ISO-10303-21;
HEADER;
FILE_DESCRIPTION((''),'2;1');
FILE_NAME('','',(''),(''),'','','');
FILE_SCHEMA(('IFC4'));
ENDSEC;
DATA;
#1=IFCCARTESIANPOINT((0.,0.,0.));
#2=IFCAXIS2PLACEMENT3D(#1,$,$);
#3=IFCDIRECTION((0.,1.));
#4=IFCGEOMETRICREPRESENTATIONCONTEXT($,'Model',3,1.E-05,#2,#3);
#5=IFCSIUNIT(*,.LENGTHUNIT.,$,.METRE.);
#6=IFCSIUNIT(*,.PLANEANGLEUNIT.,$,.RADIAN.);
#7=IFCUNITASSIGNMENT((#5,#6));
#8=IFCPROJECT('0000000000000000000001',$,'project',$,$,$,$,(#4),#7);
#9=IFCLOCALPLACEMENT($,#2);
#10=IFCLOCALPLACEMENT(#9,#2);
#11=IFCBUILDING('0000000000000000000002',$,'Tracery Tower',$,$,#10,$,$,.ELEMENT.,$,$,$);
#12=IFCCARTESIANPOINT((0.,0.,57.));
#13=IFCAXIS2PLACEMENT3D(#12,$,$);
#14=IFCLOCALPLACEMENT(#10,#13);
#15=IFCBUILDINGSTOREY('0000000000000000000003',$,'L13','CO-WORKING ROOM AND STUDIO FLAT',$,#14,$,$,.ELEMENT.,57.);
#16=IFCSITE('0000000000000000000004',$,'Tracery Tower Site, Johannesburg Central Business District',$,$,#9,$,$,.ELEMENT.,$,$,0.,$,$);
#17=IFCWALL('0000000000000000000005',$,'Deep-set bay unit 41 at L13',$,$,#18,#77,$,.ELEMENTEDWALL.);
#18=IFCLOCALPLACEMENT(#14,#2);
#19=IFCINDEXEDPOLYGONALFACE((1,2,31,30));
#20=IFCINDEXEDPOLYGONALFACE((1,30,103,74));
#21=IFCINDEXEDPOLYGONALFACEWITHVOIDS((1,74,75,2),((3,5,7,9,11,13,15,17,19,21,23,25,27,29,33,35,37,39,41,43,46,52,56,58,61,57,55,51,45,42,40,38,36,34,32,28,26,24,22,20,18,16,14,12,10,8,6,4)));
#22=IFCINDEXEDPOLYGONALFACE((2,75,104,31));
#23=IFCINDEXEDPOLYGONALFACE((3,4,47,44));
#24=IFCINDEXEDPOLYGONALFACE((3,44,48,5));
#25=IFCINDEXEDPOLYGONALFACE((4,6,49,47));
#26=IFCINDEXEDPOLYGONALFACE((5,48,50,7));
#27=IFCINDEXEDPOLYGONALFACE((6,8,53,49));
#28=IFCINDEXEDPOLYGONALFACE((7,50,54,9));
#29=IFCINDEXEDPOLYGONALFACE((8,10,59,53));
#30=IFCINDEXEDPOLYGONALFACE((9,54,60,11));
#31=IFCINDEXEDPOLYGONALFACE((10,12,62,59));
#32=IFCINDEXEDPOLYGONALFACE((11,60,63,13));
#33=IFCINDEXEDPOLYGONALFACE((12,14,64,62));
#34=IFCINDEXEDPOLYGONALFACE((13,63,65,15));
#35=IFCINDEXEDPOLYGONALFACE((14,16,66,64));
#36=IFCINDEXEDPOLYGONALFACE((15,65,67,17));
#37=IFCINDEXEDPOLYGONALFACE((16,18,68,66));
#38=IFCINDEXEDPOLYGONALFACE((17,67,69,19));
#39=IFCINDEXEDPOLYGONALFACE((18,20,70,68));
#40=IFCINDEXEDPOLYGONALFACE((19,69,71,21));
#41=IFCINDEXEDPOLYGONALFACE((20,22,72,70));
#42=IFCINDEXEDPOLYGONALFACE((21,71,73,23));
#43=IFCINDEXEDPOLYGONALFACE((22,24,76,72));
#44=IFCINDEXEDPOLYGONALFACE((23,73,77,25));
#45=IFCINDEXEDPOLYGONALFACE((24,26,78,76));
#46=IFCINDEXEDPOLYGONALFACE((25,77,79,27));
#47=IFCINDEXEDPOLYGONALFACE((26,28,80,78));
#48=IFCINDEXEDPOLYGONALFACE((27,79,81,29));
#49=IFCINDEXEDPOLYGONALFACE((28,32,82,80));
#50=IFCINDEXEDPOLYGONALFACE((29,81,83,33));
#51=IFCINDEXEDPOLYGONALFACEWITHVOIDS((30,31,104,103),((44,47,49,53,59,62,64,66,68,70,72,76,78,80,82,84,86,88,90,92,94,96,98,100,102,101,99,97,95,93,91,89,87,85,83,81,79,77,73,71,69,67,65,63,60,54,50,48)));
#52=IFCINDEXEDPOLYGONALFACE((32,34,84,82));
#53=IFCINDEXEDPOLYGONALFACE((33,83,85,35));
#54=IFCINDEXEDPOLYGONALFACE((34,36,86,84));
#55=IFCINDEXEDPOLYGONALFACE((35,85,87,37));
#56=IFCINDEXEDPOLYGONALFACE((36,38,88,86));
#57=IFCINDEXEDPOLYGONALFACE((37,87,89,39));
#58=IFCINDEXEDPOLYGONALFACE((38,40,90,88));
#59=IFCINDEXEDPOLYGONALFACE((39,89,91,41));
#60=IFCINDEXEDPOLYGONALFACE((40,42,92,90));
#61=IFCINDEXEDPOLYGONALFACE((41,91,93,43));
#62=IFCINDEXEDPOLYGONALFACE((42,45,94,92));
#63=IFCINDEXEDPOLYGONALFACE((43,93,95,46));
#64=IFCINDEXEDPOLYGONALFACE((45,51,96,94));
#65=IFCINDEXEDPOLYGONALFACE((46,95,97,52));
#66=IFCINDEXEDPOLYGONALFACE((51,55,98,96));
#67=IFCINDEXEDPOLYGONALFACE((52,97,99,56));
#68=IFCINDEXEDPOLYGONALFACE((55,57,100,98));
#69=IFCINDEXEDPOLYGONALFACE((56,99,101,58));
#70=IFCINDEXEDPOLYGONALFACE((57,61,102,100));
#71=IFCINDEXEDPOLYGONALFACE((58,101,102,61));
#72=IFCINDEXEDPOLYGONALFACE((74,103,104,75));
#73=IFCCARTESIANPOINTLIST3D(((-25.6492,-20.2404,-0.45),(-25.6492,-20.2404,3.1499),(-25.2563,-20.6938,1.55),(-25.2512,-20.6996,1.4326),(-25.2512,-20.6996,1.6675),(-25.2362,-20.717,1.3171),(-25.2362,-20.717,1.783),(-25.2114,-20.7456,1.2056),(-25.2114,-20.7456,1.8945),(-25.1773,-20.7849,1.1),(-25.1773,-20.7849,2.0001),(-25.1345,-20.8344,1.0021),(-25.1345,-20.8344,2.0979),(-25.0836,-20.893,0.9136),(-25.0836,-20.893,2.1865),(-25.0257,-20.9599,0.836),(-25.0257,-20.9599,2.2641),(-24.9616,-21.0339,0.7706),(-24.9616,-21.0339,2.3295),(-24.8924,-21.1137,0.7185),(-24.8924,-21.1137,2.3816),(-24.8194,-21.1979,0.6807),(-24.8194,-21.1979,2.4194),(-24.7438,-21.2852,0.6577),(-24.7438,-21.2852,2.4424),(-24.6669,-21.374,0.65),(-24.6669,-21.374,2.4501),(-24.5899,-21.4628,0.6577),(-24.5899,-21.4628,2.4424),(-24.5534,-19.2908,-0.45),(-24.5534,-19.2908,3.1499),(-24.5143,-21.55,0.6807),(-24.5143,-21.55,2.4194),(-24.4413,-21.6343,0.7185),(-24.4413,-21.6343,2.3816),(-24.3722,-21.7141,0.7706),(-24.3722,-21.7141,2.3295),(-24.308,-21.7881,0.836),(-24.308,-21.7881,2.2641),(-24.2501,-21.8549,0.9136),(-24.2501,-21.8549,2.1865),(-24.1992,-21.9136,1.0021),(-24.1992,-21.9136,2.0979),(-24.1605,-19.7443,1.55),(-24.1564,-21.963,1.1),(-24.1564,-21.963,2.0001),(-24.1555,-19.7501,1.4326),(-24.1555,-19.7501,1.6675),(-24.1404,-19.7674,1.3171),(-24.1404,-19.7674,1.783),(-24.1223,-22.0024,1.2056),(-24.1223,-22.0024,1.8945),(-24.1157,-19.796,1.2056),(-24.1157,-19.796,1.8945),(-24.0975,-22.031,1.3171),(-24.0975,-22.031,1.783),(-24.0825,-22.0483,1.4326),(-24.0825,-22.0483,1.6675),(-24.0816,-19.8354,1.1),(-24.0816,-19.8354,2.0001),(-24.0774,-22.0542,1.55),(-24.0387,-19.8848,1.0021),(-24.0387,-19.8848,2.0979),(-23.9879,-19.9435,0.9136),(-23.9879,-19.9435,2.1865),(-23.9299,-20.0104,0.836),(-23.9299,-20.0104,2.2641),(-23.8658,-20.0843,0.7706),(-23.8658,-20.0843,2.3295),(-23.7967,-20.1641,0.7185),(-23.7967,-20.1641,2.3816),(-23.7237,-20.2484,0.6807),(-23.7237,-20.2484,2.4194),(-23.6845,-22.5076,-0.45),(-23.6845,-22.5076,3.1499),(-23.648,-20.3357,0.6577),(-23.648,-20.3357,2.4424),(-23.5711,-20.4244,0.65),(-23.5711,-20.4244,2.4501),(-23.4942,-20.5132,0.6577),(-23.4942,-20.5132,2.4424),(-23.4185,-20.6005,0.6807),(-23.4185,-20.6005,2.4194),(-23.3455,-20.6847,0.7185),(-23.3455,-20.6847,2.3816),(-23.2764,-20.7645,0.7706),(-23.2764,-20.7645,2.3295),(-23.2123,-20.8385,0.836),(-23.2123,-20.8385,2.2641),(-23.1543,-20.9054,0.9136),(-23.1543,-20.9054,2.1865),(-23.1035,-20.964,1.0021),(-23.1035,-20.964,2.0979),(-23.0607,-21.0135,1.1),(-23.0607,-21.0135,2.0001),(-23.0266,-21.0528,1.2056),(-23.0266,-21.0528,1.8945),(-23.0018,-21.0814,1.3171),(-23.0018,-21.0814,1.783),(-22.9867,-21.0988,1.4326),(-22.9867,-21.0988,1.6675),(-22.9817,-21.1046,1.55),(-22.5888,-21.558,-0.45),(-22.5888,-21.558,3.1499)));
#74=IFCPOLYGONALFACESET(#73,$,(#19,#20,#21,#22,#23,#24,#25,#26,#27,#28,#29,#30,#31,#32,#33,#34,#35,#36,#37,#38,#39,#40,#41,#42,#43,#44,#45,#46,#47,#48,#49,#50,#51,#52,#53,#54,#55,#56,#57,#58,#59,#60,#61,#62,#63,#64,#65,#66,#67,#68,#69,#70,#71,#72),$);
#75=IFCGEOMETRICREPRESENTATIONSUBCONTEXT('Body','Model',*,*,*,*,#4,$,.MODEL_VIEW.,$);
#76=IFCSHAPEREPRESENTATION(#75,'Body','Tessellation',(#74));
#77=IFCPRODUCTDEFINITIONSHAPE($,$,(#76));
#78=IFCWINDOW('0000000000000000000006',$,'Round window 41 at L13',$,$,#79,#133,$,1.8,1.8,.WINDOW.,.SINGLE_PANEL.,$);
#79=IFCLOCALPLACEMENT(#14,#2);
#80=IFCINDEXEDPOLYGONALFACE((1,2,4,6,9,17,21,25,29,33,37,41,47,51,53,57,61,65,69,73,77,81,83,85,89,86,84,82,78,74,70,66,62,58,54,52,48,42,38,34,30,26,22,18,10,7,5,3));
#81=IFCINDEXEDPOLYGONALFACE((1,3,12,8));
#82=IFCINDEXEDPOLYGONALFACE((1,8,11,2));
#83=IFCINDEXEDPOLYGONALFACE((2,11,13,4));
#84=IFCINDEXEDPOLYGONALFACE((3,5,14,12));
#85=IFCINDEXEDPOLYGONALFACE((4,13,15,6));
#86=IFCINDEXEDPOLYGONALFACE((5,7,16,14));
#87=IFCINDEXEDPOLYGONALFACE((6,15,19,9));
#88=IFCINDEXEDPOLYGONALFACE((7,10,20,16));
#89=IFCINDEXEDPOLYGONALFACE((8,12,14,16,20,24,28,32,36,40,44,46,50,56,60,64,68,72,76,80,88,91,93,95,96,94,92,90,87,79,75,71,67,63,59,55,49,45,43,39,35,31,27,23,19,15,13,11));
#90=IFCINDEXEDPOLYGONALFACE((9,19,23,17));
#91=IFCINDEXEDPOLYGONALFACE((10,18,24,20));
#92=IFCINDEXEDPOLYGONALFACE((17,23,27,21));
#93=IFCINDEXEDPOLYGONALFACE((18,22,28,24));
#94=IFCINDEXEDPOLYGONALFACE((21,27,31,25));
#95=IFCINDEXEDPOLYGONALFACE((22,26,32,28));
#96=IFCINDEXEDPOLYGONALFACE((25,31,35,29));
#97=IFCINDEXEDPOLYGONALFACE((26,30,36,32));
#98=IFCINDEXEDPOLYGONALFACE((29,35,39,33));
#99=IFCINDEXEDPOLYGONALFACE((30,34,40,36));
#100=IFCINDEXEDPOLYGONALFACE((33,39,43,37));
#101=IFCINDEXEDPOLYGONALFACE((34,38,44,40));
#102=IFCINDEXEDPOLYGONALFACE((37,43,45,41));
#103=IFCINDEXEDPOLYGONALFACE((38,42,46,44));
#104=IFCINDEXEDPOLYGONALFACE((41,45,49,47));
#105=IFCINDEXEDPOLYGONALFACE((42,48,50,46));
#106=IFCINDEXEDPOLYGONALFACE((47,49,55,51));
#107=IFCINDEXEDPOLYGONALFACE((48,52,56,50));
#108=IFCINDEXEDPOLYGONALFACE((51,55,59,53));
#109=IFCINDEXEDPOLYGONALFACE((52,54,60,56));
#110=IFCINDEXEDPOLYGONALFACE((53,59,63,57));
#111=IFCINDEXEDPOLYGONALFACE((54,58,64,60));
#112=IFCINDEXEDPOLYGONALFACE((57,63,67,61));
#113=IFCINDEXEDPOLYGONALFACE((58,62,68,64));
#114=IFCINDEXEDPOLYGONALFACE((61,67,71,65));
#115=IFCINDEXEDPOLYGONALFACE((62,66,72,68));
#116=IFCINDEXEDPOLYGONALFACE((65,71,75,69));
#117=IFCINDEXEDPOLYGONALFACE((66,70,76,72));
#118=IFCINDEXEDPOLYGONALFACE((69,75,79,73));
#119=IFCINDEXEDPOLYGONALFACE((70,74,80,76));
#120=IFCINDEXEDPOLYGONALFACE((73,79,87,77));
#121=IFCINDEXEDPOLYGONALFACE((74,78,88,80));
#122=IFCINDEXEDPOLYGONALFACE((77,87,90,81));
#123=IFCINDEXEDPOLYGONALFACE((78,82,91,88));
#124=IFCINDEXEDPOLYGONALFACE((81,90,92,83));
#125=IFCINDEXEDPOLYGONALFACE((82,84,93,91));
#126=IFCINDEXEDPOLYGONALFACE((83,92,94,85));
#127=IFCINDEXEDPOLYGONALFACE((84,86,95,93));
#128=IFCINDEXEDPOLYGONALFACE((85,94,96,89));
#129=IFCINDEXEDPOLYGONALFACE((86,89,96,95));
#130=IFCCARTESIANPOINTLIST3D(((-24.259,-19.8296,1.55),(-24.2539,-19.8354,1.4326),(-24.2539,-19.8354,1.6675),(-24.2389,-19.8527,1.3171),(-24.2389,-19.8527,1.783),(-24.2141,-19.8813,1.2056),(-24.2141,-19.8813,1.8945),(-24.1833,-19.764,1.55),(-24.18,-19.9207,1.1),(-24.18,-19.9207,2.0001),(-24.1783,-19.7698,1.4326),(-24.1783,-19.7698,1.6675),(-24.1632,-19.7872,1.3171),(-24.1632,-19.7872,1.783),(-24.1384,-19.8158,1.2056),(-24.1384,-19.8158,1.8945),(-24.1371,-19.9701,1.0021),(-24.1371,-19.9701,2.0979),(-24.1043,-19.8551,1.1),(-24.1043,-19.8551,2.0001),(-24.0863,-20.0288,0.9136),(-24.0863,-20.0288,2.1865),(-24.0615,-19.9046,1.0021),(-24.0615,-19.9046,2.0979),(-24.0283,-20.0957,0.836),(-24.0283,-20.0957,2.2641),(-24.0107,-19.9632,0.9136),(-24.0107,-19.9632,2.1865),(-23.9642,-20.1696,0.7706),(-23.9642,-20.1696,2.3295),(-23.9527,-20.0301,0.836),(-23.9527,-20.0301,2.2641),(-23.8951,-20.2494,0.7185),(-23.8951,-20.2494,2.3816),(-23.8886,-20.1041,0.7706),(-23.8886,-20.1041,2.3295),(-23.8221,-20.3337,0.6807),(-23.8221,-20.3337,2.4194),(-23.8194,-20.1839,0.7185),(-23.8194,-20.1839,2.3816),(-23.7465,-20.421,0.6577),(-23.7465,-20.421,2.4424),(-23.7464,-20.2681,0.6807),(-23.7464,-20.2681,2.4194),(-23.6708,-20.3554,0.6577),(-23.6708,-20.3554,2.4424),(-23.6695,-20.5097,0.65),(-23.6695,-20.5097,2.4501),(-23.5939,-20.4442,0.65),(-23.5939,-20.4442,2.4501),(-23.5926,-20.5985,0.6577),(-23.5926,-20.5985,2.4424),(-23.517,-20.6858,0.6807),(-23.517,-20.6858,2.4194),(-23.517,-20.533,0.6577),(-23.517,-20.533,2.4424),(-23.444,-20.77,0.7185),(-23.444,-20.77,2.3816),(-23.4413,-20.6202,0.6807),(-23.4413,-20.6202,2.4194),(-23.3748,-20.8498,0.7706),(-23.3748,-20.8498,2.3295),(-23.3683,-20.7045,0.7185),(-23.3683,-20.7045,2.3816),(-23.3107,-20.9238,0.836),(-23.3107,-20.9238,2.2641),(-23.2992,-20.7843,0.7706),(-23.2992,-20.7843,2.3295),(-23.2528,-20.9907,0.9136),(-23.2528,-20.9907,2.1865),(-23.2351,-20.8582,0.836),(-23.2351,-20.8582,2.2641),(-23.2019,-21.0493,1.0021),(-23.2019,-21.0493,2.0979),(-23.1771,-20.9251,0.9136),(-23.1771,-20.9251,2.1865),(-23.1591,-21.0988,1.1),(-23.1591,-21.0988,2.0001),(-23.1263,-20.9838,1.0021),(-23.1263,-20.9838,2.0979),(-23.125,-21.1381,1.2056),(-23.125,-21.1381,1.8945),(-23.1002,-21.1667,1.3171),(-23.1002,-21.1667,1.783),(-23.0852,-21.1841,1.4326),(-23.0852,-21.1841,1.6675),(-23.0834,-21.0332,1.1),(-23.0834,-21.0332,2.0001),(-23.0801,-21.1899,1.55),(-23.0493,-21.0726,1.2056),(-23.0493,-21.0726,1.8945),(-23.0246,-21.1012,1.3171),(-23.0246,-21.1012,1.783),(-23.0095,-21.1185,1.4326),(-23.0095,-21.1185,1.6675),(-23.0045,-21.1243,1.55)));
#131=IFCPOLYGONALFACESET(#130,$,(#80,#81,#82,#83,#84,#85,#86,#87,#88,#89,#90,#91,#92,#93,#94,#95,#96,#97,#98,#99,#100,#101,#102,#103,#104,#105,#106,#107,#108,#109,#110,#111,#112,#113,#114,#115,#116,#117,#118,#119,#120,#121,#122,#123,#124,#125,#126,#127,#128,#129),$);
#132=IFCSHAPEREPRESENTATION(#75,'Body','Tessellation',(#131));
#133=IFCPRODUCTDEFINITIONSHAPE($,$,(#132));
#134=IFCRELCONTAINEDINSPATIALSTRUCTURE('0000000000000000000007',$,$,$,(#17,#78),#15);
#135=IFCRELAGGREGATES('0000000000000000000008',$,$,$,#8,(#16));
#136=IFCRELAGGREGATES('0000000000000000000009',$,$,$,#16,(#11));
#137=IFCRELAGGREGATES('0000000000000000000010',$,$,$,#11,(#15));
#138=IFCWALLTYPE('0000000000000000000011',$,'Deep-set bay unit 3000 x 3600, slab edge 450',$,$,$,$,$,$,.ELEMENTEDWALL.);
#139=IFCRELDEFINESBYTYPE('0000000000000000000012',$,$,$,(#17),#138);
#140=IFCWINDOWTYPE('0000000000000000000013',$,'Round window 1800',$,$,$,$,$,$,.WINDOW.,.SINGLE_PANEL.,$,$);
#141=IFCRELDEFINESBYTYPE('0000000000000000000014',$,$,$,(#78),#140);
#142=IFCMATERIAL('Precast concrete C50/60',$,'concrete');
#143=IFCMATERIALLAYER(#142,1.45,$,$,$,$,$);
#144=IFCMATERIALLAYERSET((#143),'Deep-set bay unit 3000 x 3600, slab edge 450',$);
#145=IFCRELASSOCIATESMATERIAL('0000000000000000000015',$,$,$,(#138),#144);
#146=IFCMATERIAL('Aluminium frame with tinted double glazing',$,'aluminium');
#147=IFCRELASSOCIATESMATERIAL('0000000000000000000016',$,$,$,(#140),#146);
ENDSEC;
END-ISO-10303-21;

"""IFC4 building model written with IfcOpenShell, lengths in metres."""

from ifc_helpers import new_model, si_unit, direction, frame, frame_2d, origin, origin_2d, place, context, subcontext, project, spatial, rectangle, circle, extrude, material, layer, layer_set, type_object, element, fill, save


model = new_model("IFC4")

# Units and contexts
model_context = context("Model", 3, precision=1e-05, world=origin(), true_north=direction((0.0, 1.0)))
body_context = subcontext(model_context, "Body", "Model", "MODEL_VIEW")
ifc_project = project(units=[si_unit("LENGTHUNIT", "METRE"), si_unit("PLANEANGLEUNIT", "RADIAN")], contexts=[model_context])

# Site, building, storey
site_placement = place(None, origin())
site = spatial("IfcSite", under=ifc_project, at=site_placement, Name="Tracery Tower Site, Johannesburg Central Business District", CompositionType="ELEMENT", RefElevation=0.0)
building_placement = place(site_placement, origin())
building = spatial("IfcBuilding", under=site, at=building_placement, Name="Tracery Tower", CompositionType="ELEMENT")
storey_placement = place(building_placement, frame((0.0, 0.0, 57.0)))
storey = spatial("IfcBuildingStorey", under=building, at=storey_placement, Name="L13", Description="CO-WORKING ROOM AND STUDIO FLAT", CompositionType="ELEMENT", Elevation=57.0)

# Wall, opening, window
ifc_material_1 = material(Name="Precast concrete C50/60", Category="concrete")
ifc_layer_1 = layer(ifc_material_1, 1.45)
ifc_layer_set_1 = layer_set([ifc_layer_1], Name="Deep-set bay unit 3000 x 3600, slab edge 450")
wall_type_1 = type_object("IfcWallType", Name="Deep-set bay unit 3000 x 3600, slab edge 450", PredefinedType="ELEMENTEDWALL", material=ifc_layer_set_1)
wall_1_placement = place(storey_placement, frame((-25.1013, -19.7656, -0.45), z_axis=(0.0, 0.0, 1.0), x_axis=(0.65489, -0.755724, 0.0)))
wall_1 = element("IfcWall", 1, at=wall_1_placement, inside=storey, type_object=wall_type_1, Name="Deep-set bay unit 41 at L13", PredefinedType="ELEMENTEDWALL", context=body_context, shape_type="SweptSolid", body=[
    extrude(rectangle(XDim=3.0, YDim=1.45, at=frame_2d((1.5, 0.0))), origin(), (0.0, 0.0, 1.0), 3.5999),
])
opening_1_placement = place(wall_1_placement, frame((1.5, 0.0, 2.0)))
opening_1 = element("IfcOpeningElement", 2, at=opening_1_placement, cuts=wall_1, PredefinedType="OPENING", context=body_context, shape_type="SweptSolid", body=[
    extrude(circle(Radius=0.9, at=origin_2d()), frame((0.0, 0.7349, 0.0), z_axis=(0.0, -1.0, 0.0), x_axis=(1.0, 0.0, 0.0)), (0.0, 0.0, 1.0), 1.47),
])
ifc_material_2 = material(Name="Aluminium frame with tinted double glazing", Category="aluminium")
window_type = type_object("IfcWindowType", Name="Round window 1800", PartitioningType="SINGLE_PANEL", PredefinedType="WINDOW", material=ifc_material_2)
window_1_placement = place(opening_1_placement, origin())
window_1 = element("IfcWindow", 3, at=window_1_placement, inside=storey, type_object=window_type, Name="Round window 41 at L13", OverallHeight=1.8, OverallWidth=1.8, PartitioningType="SINGLE_PANEL", PredefinedType="WINDOW", context=body_context, shape_type="SweptSolid", body=[
    extrude(circle(Radius=0.9, at=origin_2d()), frame((0.0, 0.6948, 0.0), z_axis=(0.0, -1.0, 0.0), x_axis=(1.0, 0.0, 0.0)), (0.0, 0.0, 1.0), 0.1001),
])
fill(opening_1, window_1)

save(model, "model.ifc")
